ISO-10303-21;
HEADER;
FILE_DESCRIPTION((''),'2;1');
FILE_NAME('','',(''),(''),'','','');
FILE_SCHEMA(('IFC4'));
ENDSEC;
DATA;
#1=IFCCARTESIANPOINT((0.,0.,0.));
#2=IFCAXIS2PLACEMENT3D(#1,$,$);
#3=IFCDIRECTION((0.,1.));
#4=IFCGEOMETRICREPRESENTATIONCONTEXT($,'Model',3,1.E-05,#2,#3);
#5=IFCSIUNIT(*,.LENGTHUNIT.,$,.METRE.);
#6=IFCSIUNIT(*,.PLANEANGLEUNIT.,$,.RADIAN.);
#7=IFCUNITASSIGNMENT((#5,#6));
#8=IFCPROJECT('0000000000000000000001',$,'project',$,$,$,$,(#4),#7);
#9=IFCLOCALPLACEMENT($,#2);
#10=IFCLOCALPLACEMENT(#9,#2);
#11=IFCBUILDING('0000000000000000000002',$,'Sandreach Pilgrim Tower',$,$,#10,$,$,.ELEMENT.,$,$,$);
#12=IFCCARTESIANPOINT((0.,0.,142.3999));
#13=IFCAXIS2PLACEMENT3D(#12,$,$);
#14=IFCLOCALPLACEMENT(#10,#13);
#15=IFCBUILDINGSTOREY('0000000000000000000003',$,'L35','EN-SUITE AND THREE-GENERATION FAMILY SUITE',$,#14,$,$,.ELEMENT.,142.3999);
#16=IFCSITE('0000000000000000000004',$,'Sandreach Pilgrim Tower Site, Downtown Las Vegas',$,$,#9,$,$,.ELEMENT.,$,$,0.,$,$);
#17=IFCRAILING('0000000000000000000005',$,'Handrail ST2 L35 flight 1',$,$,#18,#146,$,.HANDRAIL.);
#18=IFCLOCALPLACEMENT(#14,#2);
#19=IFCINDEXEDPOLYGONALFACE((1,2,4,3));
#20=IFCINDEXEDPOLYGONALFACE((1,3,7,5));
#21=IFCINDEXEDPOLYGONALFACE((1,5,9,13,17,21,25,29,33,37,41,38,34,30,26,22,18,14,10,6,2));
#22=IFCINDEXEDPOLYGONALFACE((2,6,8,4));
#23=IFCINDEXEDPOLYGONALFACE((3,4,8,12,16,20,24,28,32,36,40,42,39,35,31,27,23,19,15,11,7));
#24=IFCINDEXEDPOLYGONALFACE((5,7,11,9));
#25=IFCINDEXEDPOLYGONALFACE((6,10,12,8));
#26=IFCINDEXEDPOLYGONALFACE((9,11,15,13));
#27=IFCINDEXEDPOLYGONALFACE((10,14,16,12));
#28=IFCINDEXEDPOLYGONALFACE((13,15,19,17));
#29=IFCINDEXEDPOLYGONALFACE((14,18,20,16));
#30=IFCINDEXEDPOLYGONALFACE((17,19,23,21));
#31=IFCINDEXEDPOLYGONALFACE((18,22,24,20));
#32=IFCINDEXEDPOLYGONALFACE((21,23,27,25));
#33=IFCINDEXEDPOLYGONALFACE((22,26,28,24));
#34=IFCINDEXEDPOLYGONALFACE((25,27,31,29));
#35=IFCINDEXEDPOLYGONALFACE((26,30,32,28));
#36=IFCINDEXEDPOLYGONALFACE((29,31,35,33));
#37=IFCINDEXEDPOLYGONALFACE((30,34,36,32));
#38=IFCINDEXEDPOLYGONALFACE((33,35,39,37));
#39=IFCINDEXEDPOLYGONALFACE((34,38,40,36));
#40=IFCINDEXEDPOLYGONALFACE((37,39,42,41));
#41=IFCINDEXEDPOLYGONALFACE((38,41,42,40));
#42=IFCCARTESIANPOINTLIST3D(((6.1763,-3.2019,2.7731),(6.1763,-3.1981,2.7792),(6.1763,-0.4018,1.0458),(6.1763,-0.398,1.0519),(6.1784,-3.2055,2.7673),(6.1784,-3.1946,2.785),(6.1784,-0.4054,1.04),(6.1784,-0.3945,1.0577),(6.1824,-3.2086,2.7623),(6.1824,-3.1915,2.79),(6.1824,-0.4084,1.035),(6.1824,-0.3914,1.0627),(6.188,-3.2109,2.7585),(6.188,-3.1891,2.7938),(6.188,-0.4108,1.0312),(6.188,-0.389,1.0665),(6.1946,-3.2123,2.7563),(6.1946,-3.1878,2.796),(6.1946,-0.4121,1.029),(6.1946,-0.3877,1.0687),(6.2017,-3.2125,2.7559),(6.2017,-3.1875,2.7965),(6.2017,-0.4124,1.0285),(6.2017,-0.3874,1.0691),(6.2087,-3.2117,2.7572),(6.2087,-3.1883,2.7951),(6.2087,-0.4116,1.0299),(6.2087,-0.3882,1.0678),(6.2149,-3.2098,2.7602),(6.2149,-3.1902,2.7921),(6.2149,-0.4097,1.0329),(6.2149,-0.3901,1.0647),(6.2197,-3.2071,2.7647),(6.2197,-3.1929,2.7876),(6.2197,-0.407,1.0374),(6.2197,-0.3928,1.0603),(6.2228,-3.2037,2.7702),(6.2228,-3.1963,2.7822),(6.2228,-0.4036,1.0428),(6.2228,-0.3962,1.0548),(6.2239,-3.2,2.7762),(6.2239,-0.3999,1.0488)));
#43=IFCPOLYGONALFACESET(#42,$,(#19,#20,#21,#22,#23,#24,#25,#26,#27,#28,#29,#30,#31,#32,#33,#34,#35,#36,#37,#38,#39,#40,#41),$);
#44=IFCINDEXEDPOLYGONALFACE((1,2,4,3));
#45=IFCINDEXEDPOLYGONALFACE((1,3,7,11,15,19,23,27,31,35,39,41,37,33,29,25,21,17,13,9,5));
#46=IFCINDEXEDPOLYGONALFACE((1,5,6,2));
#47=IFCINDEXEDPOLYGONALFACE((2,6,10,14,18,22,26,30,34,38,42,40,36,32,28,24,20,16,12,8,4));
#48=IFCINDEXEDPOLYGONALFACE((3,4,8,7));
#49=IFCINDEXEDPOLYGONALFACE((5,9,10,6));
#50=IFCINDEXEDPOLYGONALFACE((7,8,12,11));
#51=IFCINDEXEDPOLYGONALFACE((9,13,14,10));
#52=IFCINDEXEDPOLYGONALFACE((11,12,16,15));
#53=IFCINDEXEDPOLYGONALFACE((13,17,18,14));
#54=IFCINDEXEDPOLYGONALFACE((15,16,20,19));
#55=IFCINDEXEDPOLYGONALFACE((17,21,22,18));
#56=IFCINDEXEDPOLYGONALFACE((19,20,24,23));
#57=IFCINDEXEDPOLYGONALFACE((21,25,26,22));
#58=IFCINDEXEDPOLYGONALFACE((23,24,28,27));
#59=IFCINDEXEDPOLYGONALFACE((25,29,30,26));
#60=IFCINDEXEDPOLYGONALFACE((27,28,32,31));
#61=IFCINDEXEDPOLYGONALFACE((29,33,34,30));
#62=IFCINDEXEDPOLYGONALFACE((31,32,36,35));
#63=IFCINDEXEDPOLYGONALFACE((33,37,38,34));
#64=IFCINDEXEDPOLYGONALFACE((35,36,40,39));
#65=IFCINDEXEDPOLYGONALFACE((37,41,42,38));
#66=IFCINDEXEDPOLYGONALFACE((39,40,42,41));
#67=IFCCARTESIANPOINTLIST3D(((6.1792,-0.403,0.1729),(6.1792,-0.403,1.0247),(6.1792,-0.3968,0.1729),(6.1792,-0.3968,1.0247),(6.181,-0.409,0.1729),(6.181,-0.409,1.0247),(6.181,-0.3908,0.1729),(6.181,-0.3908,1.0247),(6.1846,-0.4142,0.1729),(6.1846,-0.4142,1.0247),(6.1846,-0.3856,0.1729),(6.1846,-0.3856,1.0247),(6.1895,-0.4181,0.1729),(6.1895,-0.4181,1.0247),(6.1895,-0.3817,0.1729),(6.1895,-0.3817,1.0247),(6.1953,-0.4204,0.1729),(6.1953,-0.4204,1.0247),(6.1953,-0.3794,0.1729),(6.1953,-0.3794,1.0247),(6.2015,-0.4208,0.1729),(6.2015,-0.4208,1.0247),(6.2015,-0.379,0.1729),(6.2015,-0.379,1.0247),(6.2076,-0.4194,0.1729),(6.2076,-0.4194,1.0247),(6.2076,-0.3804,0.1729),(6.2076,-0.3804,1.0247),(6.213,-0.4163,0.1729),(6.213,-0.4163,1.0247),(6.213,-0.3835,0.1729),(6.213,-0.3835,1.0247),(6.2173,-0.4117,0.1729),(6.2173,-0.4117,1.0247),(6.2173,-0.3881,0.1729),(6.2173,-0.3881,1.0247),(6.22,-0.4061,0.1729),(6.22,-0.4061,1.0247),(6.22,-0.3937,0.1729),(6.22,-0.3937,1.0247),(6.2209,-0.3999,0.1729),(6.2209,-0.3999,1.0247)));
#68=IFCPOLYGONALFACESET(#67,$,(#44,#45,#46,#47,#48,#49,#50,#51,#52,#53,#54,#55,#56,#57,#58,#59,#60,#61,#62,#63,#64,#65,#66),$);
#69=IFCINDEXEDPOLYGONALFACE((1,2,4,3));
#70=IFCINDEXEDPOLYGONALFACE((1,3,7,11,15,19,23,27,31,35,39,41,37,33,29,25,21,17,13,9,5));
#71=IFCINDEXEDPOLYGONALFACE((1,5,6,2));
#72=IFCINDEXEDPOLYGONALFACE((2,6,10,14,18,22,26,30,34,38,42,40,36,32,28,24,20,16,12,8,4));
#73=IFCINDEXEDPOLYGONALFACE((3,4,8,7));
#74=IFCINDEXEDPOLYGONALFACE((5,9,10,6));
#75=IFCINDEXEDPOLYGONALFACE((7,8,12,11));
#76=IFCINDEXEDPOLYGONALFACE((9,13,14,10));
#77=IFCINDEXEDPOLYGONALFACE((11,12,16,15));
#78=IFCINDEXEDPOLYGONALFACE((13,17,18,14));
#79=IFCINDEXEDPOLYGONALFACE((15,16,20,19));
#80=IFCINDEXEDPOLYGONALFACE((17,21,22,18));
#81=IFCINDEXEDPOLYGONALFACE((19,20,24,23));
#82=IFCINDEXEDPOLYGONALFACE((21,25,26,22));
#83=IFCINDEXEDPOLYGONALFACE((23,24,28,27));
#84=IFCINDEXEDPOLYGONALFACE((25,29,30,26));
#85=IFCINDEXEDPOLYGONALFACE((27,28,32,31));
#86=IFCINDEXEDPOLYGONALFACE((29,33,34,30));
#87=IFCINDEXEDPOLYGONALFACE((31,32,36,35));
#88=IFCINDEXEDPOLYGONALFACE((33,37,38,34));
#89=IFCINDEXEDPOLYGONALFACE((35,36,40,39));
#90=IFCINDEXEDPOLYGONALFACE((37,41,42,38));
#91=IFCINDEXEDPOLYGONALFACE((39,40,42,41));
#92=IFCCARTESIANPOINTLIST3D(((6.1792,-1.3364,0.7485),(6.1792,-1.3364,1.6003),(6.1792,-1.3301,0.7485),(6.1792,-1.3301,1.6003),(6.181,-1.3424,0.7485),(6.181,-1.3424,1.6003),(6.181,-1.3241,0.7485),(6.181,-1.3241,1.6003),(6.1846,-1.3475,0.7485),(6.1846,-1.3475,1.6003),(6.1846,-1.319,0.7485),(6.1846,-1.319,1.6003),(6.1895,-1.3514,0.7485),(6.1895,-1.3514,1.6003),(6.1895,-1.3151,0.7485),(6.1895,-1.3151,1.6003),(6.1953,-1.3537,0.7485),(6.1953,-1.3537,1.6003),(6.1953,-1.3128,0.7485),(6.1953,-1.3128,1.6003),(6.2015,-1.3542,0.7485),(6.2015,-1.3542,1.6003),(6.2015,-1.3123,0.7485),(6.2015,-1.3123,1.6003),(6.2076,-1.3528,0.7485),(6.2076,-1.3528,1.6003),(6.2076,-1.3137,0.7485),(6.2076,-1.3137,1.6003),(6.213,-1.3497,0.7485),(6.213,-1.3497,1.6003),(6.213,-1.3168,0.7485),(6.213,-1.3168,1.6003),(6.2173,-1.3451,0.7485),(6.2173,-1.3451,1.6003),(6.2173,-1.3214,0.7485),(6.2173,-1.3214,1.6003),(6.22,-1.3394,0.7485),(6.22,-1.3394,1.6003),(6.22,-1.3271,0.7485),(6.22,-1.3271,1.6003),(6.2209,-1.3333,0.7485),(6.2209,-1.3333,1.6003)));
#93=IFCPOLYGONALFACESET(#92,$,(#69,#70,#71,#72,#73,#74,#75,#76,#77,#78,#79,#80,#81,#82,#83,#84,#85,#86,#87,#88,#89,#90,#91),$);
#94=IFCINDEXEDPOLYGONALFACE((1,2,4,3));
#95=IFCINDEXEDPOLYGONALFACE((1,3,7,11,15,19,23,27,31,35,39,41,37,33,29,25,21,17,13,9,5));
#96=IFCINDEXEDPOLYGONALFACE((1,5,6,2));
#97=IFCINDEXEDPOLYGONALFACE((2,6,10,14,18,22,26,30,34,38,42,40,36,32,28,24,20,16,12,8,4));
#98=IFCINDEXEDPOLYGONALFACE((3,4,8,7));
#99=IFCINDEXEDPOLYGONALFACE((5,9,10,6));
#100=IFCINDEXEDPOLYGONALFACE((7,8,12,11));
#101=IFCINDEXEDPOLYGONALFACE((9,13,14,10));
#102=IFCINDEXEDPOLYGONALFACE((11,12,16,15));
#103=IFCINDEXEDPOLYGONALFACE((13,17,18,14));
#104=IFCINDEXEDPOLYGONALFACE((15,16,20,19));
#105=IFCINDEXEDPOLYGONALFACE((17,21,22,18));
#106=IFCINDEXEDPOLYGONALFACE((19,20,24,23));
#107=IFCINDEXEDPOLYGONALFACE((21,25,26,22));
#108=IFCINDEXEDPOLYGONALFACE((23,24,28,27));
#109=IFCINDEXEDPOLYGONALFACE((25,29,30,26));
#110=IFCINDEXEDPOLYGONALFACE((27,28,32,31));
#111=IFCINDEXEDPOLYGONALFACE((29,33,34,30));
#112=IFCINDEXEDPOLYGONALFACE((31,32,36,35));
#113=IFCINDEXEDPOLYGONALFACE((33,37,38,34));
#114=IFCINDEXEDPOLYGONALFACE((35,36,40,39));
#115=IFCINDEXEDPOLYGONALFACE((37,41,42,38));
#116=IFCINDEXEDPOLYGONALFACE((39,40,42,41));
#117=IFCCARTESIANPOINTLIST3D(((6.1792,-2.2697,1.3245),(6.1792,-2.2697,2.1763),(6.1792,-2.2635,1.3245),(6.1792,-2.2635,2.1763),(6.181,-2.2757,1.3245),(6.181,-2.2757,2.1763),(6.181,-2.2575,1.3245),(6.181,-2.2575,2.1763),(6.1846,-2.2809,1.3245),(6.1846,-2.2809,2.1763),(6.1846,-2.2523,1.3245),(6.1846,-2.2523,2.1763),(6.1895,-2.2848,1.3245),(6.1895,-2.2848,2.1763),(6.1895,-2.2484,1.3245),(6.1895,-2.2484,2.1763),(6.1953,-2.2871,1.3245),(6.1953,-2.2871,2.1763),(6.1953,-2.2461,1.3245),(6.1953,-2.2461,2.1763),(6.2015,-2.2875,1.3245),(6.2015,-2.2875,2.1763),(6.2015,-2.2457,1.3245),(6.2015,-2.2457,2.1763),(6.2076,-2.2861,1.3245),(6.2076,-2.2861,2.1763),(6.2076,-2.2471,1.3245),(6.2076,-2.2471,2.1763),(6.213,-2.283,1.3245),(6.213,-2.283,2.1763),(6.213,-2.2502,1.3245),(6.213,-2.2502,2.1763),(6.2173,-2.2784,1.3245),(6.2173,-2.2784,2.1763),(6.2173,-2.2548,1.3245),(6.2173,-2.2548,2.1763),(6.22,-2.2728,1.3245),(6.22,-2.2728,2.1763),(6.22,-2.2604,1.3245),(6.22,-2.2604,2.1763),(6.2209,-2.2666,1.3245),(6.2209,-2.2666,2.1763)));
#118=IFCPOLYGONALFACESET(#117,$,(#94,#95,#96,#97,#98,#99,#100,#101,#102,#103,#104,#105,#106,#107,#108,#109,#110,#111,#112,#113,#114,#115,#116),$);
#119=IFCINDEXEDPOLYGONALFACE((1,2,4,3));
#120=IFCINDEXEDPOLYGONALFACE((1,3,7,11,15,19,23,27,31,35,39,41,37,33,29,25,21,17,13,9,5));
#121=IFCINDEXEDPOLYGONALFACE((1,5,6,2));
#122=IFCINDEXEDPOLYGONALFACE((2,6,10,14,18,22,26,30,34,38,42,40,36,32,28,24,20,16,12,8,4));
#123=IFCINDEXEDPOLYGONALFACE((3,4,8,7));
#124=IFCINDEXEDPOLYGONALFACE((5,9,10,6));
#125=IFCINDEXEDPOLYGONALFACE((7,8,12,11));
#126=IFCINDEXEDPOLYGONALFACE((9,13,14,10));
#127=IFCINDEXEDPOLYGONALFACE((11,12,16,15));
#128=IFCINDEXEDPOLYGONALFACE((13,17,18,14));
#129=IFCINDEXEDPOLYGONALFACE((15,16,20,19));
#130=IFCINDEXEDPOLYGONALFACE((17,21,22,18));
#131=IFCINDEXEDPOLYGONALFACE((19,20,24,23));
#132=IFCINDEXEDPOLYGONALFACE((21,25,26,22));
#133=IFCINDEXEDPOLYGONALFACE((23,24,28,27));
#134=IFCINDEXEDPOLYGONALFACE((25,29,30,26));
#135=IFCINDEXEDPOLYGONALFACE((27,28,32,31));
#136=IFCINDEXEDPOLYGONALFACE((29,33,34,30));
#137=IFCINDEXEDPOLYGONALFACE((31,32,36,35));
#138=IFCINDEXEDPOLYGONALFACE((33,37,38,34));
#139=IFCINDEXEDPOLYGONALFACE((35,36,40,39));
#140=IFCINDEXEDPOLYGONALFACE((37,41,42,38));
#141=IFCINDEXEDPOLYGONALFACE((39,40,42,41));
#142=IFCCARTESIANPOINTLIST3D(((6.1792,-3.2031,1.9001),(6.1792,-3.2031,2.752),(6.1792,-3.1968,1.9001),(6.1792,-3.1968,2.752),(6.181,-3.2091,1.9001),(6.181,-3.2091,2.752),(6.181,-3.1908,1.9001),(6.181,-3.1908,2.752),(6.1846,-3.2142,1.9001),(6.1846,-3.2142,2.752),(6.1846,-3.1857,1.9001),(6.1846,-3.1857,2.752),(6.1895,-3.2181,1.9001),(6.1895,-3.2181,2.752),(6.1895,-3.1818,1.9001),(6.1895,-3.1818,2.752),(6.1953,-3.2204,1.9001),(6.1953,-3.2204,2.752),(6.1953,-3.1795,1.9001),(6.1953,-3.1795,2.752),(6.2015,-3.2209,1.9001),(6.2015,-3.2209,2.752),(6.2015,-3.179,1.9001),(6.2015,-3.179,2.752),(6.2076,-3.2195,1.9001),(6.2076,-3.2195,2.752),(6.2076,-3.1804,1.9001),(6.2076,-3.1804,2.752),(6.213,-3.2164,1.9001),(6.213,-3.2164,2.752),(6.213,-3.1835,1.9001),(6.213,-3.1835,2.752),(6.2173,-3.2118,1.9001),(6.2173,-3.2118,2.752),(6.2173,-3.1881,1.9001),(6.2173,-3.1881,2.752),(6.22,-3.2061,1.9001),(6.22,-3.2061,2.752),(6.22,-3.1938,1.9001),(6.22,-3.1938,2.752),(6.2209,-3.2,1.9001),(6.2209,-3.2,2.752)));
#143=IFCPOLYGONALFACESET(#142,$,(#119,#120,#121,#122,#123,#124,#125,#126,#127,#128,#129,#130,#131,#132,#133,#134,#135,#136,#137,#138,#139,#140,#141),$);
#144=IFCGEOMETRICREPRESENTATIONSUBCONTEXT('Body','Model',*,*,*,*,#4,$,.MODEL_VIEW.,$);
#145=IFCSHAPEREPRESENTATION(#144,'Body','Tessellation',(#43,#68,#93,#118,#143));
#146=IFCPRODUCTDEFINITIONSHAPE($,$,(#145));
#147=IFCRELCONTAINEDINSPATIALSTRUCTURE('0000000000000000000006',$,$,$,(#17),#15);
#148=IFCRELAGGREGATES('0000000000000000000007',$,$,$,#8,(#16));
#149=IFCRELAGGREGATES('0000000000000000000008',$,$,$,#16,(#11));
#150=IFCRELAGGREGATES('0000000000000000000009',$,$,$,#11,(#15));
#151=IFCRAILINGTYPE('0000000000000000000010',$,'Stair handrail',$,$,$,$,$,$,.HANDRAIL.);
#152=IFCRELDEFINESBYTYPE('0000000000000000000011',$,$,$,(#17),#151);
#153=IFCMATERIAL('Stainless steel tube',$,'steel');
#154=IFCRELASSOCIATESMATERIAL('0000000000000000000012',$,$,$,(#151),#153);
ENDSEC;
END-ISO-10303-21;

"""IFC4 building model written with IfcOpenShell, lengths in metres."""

from ifc_helpers import new_model, si_unit, direction, frame, origin, origin_2d, place, context, subcontext, project, spatial, circle, extrude, material, type_object, element, save


model = new_model("IFC4")

# Units and contexts
model_context = context("Model", 3, precision=1e-05, world=origin(), true_north=direction((0.0, 1.0)))
body_context = subcontext(model_context, "Body", "Model", "MODEL_VIEW")
ifc_project = project(units=[si_unit("LENGTHUNIT", "METRE"), si_unit("PLANEANGLEUNIT", "RADIAN")], contexts=[model_context])

# Site, building, storey
site_placement = place(None, origin())
site = spatial("IfcSite", under=ifc_project, at=site_placement, Name="Sandreach Pilgrim Tower Site, Downtown Las Vegas", CompositionType="ELEMENT", RefElevation=0.0)
building_placement = place(site_placement, origin())
building = spatial("IfcBuilding", under=site, at=building_placement, Name="Sandreach Pilgrim Tower", CompositionType="ELEMENT")
storey_placement = place(building_placement, frame((0.0, 0.0, 142.3999)))
storey = spatial("IfcBuildingStorey", under=building, at=storey_placement, Name="L35", Description="EN-SUITE AND THREE-GENERATION FAMILY SUITE", CompositionType="ELEMENT", Elevation=142.3999)

# Railing
ifc_material_1 = material(Name="Stainless steel tube", Category="steel")
railing_type = type_object("IfcRailingType", Name="Stair handrail", PredefinedType="HANDRAIL", material=ifc_material_1)
for number, where, name in (
    (1, (6.2, -0.3999, 0.1729), "Handrail ST2 L35 flight 1"),
):
    element("IfcRailing", number, at=place(storey_placement, frame(where)), inside=storey, type_object=railing_type, Name=name, PredefinedType="HANDRAIL", context=body_context, shape_type="SweptSolid", body=[
        extrude(circle(Radius=0.0239, at=origin_2d()), frame((0.0, 0.0, 0.876), z_axis=(0.0, -0.85109, 0.52502), x_axis=(1.0, 0.0, 0.0)), (0.0, 0.0, 1.0), 3.29),
        extrude(circle(Radius=0.021, at=origin_2d()), origin(), (0.0, 0.0, 1.0), 0.8518),
        extrude(circle(Radius=0.021, at=origin_2d()), frame((0.0, -0.9333, 0.5757)), (0.0, 0.0, 1.0), 0.8518),
        extrude(circle(Radius=0.021, at=origin_2d()), frame((0.0, -1.8667, 1.1516)), (0.0, 0.0, 1.0), 0.8518),
        extrude(circle(Radius=0.021, at=origin_2d()), frame((0.0, -2.8, 1.7273)), (0.0, 0.0, 1.0), 0.8518),
    ])

save(model, "model.ifc")
